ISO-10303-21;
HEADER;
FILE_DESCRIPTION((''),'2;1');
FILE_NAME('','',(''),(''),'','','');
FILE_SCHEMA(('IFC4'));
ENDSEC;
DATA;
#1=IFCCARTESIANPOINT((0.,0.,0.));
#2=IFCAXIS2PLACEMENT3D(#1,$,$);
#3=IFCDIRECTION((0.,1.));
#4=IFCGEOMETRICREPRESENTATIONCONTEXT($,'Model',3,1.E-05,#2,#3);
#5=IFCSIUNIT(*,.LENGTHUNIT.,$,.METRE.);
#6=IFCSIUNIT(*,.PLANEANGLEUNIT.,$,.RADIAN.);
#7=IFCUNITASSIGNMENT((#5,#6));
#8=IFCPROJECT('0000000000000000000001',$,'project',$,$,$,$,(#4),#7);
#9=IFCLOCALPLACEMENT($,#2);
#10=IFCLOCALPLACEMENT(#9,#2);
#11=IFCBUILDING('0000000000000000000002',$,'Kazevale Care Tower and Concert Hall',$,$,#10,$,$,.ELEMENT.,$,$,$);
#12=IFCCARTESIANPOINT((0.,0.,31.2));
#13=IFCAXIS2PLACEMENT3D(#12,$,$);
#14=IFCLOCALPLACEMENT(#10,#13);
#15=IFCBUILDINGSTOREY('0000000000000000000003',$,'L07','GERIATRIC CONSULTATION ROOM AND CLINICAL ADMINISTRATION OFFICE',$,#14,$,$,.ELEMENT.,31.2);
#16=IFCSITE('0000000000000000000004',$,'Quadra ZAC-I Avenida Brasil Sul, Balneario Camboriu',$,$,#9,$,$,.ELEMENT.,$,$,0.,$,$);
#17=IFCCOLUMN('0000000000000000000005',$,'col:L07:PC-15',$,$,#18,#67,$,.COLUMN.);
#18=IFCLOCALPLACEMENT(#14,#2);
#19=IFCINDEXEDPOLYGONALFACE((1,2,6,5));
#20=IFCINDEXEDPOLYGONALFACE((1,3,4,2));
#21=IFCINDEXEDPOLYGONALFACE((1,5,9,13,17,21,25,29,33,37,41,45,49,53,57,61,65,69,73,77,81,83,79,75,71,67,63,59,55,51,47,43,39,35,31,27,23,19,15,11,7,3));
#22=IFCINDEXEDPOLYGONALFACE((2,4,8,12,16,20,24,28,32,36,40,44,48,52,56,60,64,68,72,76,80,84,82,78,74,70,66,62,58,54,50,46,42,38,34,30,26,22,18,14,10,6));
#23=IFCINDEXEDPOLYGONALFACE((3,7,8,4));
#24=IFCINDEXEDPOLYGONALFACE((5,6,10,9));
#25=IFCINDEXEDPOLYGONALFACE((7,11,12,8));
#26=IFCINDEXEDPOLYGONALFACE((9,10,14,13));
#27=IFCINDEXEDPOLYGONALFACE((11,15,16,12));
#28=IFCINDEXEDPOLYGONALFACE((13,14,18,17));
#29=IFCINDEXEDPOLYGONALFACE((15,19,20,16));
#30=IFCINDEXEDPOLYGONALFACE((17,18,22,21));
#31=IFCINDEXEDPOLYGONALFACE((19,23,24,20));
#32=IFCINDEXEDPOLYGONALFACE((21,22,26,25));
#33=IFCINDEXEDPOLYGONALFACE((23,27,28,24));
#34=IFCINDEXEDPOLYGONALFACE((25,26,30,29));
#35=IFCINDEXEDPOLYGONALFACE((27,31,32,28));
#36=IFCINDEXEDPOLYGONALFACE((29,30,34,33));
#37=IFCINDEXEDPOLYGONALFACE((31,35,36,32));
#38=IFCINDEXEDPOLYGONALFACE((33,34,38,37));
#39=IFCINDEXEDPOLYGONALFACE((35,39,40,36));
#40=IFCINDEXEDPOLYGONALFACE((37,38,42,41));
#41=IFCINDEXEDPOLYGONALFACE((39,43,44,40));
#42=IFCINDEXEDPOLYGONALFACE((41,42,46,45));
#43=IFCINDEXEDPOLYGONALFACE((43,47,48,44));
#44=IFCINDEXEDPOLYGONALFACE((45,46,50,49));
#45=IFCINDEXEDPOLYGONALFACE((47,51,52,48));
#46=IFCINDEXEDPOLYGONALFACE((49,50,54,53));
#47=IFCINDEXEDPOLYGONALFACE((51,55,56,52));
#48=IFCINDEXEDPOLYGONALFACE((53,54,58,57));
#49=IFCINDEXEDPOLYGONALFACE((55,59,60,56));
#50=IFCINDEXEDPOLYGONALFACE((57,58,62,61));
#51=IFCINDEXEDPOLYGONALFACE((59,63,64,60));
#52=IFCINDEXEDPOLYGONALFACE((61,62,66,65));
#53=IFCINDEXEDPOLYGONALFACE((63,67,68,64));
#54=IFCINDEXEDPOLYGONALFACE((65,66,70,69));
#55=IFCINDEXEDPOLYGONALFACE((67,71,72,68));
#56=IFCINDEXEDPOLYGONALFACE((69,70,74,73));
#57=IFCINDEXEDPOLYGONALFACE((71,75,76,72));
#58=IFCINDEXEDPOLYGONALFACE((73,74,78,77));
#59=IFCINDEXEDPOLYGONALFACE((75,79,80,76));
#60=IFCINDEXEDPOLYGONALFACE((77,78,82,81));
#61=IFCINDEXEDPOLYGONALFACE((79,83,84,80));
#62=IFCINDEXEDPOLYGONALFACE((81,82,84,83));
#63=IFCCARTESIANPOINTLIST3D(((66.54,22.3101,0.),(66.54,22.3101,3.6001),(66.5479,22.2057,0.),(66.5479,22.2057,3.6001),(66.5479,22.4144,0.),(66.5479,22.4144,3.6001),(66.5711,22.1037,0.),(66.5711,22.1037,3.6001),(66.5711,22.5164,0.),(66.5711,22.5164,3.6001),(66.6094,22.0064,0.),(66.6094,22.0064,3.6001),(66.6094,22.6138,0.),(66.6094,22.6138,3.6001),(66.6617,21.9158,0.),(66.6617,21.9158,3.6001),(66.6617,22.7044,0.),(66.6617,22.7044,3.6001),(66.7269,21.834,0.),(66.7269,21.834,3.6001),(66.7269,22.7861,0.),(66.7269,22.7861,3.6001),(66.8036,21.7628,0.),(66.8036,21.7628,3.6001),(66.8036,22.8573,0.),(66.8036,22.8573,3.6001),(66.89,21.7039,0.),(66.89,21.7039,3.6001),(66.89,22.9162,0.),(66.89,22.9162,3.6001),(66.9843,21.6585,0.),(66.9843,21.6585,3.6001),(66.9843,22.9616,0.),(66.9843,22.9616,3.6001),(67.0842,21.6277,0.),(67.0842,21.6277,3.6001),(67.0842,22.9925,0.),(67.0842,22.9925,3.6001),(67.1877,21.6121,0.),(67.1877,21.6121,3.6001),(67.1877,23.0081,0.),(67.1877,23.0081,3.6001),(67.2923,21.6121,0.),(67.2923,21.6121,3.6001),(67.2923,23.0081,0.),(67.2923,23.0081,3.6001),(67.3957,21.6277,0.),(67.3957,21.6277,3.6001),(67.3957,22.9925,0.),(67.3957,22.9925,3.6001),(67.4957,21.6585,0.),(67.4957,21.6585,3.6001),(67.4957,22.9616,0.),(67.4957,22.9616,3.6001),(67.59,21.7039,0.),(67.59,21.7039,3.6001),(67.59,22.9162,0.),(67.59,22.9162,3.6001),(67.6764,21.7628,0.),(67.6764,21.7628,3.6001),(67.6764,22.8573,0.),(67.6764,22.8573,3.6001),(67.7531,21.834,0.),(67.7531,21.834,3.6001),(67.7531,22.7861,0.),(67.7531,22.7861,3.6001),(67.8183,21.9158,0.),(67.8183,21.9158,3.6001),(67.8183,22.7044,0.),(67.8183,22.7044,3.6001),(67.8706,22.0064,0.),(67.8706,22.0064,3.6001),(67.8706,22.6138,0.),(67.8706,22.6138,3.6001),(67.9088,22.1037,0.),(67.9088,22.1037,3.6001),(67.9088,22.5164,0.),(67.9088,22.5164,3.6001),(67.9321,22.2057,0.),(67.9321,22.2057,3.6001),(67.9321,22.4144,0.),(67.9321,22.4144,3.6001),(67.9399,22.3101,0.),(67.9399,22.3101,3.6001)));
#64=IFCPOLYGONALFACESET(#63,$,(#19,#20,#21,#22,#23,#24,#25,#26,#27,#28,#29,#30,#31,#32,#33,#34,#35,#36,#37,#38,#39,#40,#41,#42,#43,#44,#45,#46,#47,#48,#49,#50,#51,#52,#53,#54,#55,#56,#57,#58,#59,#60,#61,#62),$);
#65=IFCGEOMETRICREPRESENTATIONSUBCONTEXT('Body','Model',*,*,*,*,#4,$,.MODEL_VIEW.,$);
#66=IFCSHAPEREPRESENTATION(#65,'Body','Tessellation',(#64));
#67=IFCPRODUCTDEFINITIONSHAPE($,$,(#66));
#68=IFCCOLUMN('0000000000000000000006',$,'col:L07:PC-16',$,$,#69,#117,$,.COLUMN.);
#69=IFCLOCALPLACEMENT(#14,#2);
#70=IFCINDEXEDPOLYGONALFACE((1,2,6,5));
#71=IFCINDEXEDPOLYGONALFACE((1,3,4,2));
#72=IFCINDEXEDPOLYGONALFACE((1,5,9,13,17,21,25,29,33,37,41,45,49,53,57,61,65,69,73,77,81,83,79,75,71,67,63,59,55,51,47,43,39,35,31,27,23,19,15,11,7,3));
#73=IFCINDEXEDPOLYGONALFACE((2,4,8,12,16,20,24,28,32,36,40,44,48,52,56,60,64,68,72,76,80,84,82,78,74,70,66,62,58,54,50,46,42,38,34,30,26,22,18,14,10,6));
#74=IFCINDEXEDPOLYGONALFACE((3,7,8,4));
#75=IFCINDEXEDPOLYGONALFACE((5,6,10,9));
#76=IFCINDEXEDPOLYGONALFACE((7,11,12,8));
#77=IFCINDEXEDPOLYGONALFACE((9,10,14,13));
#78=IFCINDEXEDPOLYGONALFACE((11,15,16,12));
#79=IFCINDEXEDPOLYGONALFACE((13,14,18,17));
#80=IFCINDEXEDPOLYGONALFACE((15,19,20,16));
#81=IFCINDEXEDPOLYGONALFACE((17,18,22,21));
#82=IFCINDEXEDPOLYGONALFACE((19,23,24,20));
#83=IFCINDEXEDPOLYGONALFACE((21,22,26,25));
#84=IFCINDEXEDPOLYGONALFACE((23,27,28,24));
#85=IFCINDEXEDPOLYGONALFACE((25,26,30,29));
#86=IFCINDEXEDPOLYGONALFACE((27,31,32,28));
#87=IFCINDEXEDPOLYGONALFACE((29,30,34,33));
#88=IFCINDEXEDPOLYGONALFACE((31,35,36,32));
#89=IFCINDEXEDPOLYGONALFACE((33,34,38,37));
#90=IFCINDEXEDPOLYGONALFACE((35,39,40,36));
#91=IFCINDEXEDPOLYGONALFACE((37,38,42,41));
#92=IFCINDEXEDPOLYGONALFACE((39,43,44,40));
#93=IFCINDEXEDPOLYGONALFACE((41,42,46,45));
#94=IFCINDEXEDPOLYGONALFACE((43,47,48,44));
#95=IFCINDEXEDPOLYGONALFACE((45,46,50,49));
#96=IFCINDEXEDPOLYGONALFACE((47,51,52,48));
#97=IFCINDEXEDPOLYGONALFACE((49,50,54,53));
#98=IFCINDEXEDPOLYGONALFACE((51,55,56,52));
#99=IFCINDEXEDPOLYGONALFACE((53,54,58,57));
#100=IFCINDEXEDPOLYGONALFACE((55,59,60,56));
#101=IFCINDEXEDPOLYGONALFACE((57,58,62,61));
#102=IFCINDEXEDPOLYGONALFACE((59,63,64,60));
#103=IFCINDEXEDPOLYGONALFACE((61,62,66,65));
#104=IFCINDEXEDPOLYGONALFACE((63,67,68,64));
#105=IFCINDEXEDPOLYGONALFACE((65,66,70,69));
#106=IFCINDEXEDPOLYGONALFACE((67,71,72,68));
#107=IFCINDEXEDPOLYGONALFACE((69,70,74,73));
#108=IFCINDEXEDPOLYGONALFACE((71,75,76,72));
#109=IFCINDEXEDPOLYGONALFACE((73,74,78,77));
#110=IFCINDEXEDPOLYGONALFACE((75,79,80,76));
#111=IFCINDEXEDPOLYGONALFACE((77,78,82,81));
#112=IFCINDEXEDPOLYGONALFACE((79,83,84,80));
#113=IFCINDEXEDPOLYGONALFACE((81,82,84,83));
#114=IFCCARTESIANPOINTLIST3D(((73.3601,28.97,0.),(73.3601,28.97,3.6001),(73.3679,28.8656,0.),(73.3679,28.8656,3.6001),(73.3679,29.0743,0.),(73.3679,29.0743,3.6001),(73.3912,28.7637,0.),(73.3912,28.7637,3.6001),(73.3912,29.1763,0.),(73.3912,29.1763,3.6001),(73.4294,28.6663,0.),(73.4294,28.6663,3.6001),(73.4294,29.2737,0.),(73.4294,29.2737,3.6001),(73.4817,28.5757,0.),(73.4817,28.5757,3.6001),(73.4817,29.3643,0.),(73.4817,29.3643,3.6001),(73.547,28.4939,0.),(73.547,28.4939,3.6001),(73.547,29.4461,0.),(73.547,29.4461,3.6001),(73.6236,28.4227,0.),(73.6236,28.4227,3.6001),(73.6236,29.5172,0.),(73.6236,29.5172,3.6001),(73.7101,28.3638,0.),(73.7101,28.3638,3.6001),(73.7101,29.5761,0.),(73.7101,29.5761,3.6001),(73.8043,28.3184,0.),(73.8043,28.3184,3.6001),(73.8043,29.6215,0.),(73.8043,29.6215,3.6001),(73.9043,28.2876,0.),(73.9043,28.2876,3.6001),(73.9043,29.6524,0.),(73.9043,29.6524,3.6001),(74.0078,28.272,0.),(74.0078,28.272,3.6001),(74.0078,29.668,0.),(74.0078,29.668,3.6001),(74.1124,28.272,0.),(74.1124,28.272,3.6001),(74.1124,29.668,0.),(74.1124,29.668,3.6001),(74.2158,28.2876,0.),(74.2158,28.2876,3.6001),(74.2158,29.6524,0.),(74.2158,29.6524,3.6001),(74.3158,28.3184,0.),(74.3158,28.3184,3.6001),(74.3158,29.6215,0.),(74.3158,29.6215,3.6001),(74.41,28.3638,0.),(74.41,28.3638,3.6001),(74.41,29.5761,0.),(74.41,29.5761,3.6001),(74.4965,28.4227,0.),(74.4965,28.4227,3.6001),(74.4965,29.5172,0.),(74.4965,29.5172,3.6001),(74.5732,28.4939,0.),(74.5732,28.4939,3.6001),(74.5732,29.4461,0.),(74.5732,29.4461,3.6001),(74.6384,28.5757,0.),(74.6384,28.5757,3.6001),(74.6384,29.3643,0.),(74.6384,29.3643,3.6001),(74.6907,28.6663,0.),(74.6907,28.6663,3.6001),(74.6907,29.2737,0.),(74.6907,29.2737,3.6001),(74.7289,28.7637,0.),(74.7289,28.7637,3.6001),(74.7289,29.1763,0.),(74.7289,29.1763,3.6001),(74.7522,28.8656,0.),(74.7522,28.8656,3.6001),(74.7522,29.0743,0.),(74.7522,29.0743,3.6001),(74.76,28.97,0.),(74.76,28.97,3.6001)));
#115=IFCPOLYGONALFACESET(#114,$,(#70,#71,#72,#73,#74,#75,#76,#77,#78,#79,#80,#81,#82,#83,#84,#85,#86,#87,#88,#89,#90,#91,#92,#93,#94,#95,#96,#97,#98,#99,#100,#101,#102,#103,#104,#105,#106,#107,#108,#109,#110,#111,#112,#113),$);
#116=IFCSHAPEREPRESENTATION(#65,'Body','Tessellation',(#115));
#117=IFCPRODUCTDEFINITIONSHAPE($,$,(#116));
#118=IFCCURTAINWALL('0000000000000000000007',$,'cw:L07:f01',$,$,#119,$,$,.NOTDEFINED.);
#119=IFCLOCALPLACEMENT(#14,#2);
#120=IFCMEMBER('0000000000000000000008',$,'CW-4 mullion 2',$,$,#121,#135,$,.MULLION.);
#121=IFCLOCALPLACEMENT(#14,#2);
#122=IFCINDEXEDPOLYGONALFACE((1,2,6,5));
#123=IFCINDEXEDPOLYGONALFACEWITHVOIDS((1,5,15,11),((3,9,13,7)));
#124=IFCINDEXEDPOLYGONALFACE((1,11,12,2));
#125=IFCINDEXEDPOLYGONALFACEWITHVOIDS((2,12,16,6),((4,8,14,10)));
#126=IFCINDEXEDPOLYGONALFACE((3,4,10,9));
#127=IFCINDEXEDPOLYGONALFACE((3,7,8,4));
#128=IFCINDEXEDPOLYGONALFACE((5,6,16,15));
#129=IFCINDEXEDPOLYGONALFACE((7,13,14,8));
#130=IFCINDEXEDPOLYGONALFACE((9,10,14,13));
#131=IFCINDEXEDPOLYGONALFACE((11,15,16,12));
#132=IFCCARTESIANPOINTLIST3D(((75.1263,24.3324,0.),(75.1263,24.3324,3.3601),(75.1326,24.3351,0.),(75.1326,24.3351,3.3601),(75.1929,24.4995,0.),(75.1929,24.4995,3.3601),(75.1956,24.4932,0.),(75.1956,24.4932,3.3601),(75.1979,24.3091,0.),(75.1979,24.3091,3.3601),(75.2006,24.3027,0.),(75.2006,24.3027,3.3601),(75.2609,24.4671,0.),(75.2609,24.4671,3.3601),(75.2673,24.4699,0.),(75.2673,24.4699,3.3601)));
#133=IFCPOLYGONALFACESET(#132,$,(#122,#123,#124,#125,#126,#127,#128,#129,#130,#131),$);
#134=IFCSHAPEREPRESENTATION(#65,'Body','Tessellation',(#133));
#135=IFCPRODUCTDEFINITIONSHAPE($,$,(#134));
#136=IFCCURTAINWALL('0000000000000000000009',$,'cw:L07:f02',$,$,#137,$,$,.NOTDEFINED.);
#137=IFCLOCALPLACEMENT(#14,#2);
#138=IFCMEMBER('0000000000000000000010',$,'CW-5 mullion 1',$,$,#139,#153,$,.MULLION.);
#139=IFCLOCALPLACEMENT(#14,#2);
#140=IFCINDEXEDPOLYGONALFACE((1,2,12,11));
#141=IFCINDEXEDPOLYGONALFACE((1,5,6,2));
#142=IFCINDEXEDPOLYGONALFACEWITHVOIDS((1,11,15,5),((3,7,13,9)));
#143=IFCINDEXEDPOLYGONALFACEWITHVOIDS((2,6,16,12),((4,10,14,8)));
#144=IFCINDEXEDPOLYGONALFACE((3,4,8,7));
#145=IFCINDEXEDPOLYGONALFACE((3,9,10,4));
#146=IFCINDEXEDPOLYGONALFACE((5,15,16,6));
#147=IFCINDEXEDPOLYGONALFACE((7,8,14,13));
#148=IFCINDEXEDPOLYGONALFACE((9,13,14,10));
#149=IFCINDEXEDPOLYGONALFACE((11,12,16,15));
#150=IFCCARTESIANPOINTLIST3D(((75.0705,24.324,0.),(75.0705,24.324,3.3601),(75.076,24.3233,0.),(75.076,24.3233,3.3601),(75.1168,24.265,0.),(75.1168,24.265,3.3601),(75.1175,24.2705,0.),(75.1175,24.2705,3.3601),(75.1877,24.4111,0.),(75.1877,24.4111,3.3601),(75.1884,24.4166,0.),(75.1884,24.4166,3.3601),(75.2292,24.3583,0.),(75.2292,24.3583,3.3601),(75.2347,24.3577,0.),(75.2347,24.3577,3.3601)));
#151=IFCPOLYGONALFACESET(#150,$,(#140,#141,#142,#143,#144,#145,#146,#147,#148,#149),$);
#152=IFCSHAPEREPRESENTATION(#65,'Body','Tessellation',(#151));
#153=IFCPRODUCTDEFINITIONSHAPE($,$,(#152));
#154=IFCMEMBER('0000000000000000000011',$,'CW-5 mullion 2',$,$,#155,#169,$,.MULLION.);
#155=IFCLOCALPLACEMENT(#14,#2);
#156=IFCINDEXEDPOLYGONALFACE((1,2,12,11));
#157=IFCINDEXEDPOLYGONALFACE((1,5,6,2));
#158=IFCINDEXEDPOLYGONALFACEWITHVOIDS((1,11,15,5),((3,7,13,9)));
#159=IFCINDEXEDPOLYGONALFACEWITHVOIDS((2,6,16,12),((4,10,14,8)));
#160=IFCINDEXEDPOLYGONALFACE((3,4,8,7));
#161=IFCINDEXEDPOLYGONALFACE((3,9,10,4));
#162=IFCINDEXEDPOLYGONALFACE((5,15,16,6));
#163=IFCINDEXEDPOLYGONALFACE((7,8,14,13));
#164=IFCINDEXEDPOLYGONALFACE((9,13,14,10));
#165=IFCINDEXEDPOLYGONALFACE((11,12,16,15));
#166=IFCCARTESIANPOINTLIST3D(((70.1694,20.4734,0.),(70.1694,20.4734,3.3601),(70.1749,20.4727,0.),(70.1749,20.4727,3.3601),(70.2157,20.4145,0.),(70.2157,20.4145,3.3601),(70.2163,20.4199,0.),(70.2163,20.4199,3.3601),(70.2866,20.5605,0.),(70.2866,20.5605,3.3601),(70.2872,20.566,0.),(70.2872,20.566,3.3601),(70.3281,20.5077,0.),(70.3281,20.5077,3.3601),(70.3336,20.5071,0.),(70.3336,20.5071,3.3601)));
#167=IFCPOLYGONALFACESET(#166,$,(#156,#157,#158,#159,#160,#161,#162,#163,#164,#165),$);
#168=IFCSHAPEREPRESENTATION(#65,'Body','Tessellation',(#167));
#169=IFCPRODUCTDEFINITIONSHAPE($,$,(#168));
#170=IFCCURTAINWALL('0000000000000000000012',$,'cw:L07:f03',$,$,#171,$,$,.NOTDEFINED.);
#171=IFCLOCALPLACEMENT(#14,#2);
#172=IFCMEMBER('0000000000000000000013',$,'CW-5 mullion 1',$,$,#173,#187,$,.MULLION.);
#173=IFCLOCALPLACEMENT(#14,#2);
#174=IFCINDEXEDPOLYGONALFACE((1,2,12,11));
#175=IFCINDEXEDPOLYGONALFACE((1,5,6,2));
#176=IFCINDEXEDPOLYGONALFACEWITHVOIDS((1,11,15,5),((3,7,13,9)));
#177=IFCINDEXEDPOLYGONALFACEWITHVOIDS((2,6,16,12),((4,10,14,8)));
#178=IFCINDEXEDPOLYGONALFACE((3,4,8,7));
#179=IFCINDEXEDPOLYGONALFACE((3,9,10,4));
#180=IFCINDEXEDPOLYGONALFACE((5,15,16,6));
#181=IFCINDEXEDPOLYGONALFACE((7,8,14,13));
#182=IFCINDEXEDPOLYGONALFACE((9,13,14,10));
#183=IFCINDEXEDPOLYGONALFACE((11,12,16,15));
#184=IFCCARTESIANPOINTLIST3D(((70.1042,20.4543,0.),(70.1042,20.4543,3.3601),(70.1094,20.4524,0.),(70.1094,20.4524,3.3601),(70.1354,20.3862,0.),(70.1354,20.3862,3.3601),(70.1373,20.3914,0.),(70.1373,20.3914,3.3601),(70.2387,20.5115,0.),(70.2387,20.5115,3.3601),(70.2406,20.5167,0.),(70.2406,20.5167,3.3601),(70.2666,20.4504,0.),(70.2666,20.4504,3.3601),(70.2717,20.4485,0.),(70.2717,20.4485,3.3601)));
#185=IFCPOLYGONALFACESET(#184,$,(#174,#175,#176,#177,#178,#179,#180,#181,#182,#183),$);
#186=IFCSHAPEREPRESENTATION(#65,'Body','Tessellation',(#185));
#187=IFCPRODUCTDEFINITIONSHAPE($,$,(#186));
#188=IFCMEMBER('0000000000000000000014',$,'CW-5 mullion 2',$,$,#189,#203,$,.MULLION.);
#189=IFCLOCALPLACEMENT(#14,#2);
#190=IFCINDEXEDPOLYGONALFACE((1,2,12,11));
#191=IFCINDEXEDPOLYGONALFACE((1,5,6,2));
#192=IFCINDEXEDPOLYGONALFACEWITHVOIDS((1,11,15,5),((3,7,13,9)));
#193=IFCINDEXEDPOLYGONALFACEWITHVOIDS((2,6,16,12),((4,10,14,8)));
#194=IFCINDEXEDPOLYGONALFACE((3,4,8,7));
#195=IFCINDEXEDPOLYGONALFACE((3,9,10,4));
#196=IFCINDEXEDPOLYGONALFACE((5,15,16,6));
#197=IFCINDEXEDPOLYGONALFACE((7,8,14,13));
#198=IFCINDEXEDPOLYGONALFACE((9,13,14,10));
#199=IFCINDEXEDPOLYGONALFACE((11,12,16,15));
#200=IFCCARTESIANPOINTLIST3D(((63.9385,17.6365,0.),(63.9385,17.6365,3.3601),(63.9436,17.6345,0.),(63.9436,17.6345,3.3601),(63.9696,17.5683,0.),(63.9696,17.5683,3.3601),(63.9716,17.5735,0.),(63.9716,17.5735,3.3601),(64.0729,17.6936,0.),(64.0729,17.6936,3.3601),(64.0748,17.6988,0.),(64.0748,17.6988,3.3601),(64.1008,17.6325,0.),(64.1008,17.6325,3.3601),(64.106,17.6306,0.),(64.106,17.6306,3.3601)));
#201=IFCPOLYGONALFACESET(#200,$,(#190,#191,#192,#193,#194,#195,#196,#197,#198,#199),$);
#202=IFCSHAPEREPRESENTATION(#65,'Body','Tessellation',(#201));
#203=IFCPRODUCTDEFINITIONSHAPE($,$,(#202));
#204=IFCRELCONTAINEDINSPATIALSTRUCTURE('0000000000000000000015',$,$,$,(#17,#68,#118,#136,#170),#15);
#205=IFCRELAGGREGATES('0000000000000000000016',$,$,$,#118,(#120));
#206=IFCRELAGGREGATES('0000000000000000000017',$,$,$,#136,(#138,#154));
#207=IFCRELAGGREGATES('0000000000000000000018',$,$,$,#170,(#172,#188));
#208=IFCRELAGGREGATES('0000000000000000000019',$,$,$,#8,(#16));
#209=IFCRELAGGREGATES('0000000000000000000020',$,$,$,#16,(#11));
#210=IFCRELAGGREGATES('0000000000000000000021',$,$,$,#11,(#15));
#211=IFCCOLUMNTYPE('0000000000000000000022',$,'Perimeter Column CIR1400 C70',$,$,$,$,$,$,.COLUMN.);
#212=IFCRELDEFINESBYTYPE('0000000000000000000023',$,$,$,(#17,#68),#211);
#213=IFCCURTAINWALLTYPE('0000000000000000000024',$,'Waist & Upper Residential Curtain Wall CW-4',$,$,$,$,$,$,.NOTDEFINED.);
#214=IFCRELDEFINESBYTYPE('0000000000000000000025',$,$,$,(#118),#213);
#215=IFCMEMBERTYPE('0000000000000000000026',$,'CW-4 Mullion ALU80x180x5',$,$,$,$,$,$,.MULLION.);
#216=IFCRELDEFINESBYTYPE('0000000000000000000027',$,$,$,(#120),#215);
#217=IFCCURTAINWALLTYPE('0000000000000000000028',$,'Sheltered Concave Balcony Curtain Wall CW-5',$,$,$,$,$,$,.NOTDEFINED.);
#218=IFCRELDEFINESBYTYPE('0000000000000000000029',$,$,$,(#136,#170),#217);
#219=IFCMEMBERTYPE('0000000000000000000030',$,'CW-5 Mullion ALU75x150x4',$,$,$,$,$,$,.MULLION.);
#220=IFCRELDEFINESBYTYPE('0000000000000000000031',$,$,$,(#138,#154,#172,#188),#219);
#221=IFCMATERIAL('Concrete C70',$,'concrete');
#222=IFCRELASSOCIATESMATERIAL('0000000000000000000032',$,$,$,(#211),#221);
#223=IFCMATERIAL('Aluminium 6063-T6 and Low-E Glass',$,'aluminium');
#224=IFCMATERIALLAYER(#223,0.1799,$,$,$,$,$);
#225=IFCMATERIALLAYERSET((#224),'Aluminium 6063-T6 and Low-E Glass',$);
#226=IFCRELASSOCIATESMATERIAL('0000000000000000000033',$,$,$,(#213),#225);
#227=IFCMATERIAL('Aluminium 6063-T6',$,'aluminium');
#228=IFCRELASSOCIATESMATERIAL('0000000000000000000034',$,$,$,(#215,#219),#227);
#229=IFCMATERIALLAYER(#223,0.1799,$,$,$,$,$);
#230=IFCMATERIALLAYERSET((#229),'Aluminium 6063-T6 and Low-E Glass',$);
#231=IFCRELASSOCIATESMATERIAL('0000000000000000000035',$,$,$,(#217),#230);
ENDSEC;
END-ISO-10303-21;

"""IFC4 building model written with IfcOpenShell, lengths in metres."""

from ifc_helpers import new_model, si_unit, direction, frame, origin, origin_2d, place, context, subcontext, project, spatial, hollow_rectangle, circle, extrude, material, layer, layer_set, material_profile, profile_set, type_object, element, aggregate, save


model = new_model("IFC4")

# Units and contexts
model_context = context("Model", 3, precision=1e-05, world=origin(), true_north=direction((0.0, 1.0)))
body_context = subcontext(model_context, "Body", "Model", "MODEL_VIEW")
ifc_project = project(units=[si_unit("LENGTHUNIT", "METRE"), si_unit("PLANEANGLEUNIT", "RADIAN")], contexts=[model_context])

# Site, building, storey
site_placement = place(None, origin())
site = spatial("IfcSite", under=ifc_project, at=site_placement, Name="Quadra ZAC-I Avenida Brasil Sul, Balneario Camboriu", CompositionType="ELEMENT", RefElevation=0.0)
building_placement = place(site_placement, origin())
building = spatial("IfcBuilding", under=site, at=building_placement, Name="Kazevale Care Tower and Concert Hall", CompositionType="ELEMENT")
storey_placement = place(building_placement, frame((0.0, 0.0, 31.2)))
storey = spatial("IfcBuildingStorey", under=building, at=storey_placement, Name="L07", Description="GERIATRIC CONSULTATION ROOM AND CLINICAL ADMINISTRATION OFFICE", CompositionType="ELEMENT", Elevation=31.2)

# Columns
ifc_material_1 = material(Name="Concrete C70", Category="concrete")
ifc_material_profile_1 = material_profile(ifc_material_1, circle(Radius=0.7, at=origin_2d()), Name="RC-CIR1400")
ifc_profile_set_1 = profile_set([ifc_material_profile_1], Name="Concrete C70")
column_type = type_object("IfcColumnType", Name="Perimeter Column CIR1400 C70", PredefinedType="COLUMN", material=ifc_profile_set_1)
for number, where, z_axis, x_axis, name in (
    (1, (67.24, 22.3101, 0.0), (0.0, 0.0, 1.0), (1.0, 0.0, 0.0), "col:L07:PC-15"),
    (2, (74.0601, 28.97, 0.0), (0.0, 0.0, 1.0), (1.0, 0.0, 0.0), "col:L07:PC-16"),
):
    element("IfcColumn", number, at=place(storey_placement, frame(where, z_axis=z_axis, x_axis=x_axis)), inside=storey, type_object=column_type, Name=name, PredefinedType="COLUMN", context=body_context, shape_type="SweptSolid", body=[
        extrude(circle(Radius=0.7, at=origin_2d()), origin(), (0.0, 0.0, 1.0), 3.6001),
    ])

# Curtain wall, member
ifc_material_2 = material(Name="Aluminium 6063-T6 and Low-E Glass", Category="aluminium")
ifc_layer_1 = layer(ifc_material_2, 0.1799)
ifc_layer_set_1 = layer_set([ifc_layer_1], Name="Aluminium 6063-T6 and Low-E Glass")
curtain_wall_type_1 = type_object("IfcCurtainWallType", Name="Waist & Upper Residential Curtain Wall CW-4", PredefinedType="NOTDEFINED", material=ifc_layer_set_1)
curtain_wall_1_placement = place(storey_placement, origin())
curtain_wall_1 = element("IfcCurtainWall", 3, at=curtain_wall_1_placement, inside=storey, type_object=curtain_wall_type_1, Name="cw:L07:f01", PredefinedType="NOTDEFINED")
ifc_material_3 = material(Name="Aluminium 6063-T6", Category="aluminium")
ifc_material_profile_2 = material_profile(ifc_material_3, hollow_rectangle(XDim=0.0801, YDim=0.1799, WallThickness=0.0049, at=origin_2d()), Name="ALU80x180x5")
ifc_profile_set_2 = profile_set([ifc_material_profile_2], Name="Aluminium 6063-T6")
member_type_1 = type_object("IfcMemberType", Name="CW-4 Mullion ALU80x180x5", PredefinedType="MULLION", material=ifc_profile_set_2)
member_1_placement = place(storey_placement, frame((75.1968, 24.4011, 0.0), z_axis=(0.0, 0.0, 1.0), x_axis=(0.928861, -0.370427, 0.0)))
member_1 = element("IfcMember", 4, at=member_1_placement, type_object=member_type_1, Name="CW-4 mullion 2", PredefinedType="MULLION", context=body_context, shape_type="SweptSolid", body=[
    extrude(hollow_rectangle(XDim=0.0801, YDim=0.1799, WallThickness=0.0049, at=origin_2d()), origin(), (0.0, 0.0, 1.0), 3.3601),
])
aggregate(curtain_wall_1, [member_1])

# Curtain walls, members
ifc_layer_2 = layer(ifc_material_2, 0.1799)
ifc_layer_set_2 = layer_set([ifc_layer_2], Name="Aluminium 6063-T6 and Low-E Glass")
curtain_wall_type_2 = type_object("IfcCurtainWallType", Name="Sheltered Concave Balcony Curtain Wall CW-5", PredefinedType="NOTDEFINED", material=ifc_layer_set_2)
curtain_wall_2_placement = place(storey_placement, origin())
curtain_wall_2 = element("IfcCurtainWall", 5, at=curtain_wall_2_placement, inside=storey, type_object=curtain_wall_type_2, Name="cw:L07:f02", PredefinedType="NOTDEFINED")
ifc_material_profile_3 = material_profile(ifc_material_3, hollow_rectangle(XDim=0.075, YDim=0.1499, WallThickness=0.0039, at=origin_2d()), Name="ALU75x150x4")
ifc_profile_set_3 = profile_set([ifc_material_profile_3], Name="Aluminium 6063-T6")
member_type_2 = type_object("IfcMemberType", Name="CW-5 Mullion ALU75x150x4", PredefinedType="MULLION", material=ifc_profile_set_3)
member_2_placement = place(storey_placement, frame((75.1526, 24.3408, 0.0), z_axis=(0.0, 0.0, 1.0), x_axis=(0.617808, -0.786329, 0.0)))
member_2 = element("IfcMember", 6, at=member_2_placement, type_object=member_type_2, Name="CW-5 mullion 1", PredefinedType="MULLION", context=body_context, shape_type="SweptSolid", body=[
    extrude(hollow_rectangle(XDim=0.075, YDim=0.1499, WallThickness=0.0039, at=origin_2d()), origin(), (0.0, 0.0, 1.0), 3.3601),
])
member_3_placement = place(storey_placement, frame((70.2515, 20.4902, 0.0), z_axis=(0.0, 0.0, 1.0), x_axis=(0.617808, -0.786329, 0.0)))
member_3 = element("IfcMember", 7, at=member_3_placement, type_object=member_type_2, Name="CW-5 mullion 2", PredefinedType="MULLION", context=body_context, shape_type="SweptSolid", body=[
    extrude(hollow_rectangle(XDim=0.075, YDim=0.1499, WallThickness=0.0039, at=origin_2d()), origin(), (0.0, 0.0, 1.0), 3.3601),
])
curtain_wall_3_placement = place(storey_placement, origin())
curtain_wall_3 = element("IfcCurtainWall", 8, at=curtain_wall_3_placement, inside=storey, type_object=curtain_wall_type_2, Name="cw:L07:f03", PredefinedType="NOTDEFINED")
member_4_placement = place(storey_placement, frame((70.188, 20.4514, 0.0), z_axis=(0.0, 0.0, 1.0), x_axis=(0.41566, -0.90952, 0.0)))
member_4 = element("IfcMember", 9, at=member_4_placement, type_object=member_type_2, Name="CW-5 mullion 1", PredefinedType="MULLION", context=body_context, shape_type="SweptSolid", body=[
    extrude(hollow_rectangle(XDim=0.075, YDim=0.1499, WallThickness=0.0039, at=origin_2d()), origin(), (0.0, 0.0, 1.0), 3.3601),
])
member_5_placement = place(storey_placement, frame((64.0222, 17.6335, 0.0), z_axis=(0.0, 0.0, 1.0), x_axis=(0.41566, -0.90952, 0.0)))
member_5 = element("IfcMember", 10, at=member_5_placement, type_object=member_type_2, Name="CW-5 mullion 2", PredefinedType="MULLION", context=body_context, shape_type="SweptSolid", body=[
    extrude(hollow_rectangle(XDim=0.075, YDim=0.1499, WallThickness=0.0039, at=origin_2d()), origin(), (0.0, 0.0, 1.0), 3.3601),
])

aggregate(curtain_wall_2, [member_2, member_3])
aggregate(curtain_wall_3, [member_4, member_5])

save(model, "model.ifc")
